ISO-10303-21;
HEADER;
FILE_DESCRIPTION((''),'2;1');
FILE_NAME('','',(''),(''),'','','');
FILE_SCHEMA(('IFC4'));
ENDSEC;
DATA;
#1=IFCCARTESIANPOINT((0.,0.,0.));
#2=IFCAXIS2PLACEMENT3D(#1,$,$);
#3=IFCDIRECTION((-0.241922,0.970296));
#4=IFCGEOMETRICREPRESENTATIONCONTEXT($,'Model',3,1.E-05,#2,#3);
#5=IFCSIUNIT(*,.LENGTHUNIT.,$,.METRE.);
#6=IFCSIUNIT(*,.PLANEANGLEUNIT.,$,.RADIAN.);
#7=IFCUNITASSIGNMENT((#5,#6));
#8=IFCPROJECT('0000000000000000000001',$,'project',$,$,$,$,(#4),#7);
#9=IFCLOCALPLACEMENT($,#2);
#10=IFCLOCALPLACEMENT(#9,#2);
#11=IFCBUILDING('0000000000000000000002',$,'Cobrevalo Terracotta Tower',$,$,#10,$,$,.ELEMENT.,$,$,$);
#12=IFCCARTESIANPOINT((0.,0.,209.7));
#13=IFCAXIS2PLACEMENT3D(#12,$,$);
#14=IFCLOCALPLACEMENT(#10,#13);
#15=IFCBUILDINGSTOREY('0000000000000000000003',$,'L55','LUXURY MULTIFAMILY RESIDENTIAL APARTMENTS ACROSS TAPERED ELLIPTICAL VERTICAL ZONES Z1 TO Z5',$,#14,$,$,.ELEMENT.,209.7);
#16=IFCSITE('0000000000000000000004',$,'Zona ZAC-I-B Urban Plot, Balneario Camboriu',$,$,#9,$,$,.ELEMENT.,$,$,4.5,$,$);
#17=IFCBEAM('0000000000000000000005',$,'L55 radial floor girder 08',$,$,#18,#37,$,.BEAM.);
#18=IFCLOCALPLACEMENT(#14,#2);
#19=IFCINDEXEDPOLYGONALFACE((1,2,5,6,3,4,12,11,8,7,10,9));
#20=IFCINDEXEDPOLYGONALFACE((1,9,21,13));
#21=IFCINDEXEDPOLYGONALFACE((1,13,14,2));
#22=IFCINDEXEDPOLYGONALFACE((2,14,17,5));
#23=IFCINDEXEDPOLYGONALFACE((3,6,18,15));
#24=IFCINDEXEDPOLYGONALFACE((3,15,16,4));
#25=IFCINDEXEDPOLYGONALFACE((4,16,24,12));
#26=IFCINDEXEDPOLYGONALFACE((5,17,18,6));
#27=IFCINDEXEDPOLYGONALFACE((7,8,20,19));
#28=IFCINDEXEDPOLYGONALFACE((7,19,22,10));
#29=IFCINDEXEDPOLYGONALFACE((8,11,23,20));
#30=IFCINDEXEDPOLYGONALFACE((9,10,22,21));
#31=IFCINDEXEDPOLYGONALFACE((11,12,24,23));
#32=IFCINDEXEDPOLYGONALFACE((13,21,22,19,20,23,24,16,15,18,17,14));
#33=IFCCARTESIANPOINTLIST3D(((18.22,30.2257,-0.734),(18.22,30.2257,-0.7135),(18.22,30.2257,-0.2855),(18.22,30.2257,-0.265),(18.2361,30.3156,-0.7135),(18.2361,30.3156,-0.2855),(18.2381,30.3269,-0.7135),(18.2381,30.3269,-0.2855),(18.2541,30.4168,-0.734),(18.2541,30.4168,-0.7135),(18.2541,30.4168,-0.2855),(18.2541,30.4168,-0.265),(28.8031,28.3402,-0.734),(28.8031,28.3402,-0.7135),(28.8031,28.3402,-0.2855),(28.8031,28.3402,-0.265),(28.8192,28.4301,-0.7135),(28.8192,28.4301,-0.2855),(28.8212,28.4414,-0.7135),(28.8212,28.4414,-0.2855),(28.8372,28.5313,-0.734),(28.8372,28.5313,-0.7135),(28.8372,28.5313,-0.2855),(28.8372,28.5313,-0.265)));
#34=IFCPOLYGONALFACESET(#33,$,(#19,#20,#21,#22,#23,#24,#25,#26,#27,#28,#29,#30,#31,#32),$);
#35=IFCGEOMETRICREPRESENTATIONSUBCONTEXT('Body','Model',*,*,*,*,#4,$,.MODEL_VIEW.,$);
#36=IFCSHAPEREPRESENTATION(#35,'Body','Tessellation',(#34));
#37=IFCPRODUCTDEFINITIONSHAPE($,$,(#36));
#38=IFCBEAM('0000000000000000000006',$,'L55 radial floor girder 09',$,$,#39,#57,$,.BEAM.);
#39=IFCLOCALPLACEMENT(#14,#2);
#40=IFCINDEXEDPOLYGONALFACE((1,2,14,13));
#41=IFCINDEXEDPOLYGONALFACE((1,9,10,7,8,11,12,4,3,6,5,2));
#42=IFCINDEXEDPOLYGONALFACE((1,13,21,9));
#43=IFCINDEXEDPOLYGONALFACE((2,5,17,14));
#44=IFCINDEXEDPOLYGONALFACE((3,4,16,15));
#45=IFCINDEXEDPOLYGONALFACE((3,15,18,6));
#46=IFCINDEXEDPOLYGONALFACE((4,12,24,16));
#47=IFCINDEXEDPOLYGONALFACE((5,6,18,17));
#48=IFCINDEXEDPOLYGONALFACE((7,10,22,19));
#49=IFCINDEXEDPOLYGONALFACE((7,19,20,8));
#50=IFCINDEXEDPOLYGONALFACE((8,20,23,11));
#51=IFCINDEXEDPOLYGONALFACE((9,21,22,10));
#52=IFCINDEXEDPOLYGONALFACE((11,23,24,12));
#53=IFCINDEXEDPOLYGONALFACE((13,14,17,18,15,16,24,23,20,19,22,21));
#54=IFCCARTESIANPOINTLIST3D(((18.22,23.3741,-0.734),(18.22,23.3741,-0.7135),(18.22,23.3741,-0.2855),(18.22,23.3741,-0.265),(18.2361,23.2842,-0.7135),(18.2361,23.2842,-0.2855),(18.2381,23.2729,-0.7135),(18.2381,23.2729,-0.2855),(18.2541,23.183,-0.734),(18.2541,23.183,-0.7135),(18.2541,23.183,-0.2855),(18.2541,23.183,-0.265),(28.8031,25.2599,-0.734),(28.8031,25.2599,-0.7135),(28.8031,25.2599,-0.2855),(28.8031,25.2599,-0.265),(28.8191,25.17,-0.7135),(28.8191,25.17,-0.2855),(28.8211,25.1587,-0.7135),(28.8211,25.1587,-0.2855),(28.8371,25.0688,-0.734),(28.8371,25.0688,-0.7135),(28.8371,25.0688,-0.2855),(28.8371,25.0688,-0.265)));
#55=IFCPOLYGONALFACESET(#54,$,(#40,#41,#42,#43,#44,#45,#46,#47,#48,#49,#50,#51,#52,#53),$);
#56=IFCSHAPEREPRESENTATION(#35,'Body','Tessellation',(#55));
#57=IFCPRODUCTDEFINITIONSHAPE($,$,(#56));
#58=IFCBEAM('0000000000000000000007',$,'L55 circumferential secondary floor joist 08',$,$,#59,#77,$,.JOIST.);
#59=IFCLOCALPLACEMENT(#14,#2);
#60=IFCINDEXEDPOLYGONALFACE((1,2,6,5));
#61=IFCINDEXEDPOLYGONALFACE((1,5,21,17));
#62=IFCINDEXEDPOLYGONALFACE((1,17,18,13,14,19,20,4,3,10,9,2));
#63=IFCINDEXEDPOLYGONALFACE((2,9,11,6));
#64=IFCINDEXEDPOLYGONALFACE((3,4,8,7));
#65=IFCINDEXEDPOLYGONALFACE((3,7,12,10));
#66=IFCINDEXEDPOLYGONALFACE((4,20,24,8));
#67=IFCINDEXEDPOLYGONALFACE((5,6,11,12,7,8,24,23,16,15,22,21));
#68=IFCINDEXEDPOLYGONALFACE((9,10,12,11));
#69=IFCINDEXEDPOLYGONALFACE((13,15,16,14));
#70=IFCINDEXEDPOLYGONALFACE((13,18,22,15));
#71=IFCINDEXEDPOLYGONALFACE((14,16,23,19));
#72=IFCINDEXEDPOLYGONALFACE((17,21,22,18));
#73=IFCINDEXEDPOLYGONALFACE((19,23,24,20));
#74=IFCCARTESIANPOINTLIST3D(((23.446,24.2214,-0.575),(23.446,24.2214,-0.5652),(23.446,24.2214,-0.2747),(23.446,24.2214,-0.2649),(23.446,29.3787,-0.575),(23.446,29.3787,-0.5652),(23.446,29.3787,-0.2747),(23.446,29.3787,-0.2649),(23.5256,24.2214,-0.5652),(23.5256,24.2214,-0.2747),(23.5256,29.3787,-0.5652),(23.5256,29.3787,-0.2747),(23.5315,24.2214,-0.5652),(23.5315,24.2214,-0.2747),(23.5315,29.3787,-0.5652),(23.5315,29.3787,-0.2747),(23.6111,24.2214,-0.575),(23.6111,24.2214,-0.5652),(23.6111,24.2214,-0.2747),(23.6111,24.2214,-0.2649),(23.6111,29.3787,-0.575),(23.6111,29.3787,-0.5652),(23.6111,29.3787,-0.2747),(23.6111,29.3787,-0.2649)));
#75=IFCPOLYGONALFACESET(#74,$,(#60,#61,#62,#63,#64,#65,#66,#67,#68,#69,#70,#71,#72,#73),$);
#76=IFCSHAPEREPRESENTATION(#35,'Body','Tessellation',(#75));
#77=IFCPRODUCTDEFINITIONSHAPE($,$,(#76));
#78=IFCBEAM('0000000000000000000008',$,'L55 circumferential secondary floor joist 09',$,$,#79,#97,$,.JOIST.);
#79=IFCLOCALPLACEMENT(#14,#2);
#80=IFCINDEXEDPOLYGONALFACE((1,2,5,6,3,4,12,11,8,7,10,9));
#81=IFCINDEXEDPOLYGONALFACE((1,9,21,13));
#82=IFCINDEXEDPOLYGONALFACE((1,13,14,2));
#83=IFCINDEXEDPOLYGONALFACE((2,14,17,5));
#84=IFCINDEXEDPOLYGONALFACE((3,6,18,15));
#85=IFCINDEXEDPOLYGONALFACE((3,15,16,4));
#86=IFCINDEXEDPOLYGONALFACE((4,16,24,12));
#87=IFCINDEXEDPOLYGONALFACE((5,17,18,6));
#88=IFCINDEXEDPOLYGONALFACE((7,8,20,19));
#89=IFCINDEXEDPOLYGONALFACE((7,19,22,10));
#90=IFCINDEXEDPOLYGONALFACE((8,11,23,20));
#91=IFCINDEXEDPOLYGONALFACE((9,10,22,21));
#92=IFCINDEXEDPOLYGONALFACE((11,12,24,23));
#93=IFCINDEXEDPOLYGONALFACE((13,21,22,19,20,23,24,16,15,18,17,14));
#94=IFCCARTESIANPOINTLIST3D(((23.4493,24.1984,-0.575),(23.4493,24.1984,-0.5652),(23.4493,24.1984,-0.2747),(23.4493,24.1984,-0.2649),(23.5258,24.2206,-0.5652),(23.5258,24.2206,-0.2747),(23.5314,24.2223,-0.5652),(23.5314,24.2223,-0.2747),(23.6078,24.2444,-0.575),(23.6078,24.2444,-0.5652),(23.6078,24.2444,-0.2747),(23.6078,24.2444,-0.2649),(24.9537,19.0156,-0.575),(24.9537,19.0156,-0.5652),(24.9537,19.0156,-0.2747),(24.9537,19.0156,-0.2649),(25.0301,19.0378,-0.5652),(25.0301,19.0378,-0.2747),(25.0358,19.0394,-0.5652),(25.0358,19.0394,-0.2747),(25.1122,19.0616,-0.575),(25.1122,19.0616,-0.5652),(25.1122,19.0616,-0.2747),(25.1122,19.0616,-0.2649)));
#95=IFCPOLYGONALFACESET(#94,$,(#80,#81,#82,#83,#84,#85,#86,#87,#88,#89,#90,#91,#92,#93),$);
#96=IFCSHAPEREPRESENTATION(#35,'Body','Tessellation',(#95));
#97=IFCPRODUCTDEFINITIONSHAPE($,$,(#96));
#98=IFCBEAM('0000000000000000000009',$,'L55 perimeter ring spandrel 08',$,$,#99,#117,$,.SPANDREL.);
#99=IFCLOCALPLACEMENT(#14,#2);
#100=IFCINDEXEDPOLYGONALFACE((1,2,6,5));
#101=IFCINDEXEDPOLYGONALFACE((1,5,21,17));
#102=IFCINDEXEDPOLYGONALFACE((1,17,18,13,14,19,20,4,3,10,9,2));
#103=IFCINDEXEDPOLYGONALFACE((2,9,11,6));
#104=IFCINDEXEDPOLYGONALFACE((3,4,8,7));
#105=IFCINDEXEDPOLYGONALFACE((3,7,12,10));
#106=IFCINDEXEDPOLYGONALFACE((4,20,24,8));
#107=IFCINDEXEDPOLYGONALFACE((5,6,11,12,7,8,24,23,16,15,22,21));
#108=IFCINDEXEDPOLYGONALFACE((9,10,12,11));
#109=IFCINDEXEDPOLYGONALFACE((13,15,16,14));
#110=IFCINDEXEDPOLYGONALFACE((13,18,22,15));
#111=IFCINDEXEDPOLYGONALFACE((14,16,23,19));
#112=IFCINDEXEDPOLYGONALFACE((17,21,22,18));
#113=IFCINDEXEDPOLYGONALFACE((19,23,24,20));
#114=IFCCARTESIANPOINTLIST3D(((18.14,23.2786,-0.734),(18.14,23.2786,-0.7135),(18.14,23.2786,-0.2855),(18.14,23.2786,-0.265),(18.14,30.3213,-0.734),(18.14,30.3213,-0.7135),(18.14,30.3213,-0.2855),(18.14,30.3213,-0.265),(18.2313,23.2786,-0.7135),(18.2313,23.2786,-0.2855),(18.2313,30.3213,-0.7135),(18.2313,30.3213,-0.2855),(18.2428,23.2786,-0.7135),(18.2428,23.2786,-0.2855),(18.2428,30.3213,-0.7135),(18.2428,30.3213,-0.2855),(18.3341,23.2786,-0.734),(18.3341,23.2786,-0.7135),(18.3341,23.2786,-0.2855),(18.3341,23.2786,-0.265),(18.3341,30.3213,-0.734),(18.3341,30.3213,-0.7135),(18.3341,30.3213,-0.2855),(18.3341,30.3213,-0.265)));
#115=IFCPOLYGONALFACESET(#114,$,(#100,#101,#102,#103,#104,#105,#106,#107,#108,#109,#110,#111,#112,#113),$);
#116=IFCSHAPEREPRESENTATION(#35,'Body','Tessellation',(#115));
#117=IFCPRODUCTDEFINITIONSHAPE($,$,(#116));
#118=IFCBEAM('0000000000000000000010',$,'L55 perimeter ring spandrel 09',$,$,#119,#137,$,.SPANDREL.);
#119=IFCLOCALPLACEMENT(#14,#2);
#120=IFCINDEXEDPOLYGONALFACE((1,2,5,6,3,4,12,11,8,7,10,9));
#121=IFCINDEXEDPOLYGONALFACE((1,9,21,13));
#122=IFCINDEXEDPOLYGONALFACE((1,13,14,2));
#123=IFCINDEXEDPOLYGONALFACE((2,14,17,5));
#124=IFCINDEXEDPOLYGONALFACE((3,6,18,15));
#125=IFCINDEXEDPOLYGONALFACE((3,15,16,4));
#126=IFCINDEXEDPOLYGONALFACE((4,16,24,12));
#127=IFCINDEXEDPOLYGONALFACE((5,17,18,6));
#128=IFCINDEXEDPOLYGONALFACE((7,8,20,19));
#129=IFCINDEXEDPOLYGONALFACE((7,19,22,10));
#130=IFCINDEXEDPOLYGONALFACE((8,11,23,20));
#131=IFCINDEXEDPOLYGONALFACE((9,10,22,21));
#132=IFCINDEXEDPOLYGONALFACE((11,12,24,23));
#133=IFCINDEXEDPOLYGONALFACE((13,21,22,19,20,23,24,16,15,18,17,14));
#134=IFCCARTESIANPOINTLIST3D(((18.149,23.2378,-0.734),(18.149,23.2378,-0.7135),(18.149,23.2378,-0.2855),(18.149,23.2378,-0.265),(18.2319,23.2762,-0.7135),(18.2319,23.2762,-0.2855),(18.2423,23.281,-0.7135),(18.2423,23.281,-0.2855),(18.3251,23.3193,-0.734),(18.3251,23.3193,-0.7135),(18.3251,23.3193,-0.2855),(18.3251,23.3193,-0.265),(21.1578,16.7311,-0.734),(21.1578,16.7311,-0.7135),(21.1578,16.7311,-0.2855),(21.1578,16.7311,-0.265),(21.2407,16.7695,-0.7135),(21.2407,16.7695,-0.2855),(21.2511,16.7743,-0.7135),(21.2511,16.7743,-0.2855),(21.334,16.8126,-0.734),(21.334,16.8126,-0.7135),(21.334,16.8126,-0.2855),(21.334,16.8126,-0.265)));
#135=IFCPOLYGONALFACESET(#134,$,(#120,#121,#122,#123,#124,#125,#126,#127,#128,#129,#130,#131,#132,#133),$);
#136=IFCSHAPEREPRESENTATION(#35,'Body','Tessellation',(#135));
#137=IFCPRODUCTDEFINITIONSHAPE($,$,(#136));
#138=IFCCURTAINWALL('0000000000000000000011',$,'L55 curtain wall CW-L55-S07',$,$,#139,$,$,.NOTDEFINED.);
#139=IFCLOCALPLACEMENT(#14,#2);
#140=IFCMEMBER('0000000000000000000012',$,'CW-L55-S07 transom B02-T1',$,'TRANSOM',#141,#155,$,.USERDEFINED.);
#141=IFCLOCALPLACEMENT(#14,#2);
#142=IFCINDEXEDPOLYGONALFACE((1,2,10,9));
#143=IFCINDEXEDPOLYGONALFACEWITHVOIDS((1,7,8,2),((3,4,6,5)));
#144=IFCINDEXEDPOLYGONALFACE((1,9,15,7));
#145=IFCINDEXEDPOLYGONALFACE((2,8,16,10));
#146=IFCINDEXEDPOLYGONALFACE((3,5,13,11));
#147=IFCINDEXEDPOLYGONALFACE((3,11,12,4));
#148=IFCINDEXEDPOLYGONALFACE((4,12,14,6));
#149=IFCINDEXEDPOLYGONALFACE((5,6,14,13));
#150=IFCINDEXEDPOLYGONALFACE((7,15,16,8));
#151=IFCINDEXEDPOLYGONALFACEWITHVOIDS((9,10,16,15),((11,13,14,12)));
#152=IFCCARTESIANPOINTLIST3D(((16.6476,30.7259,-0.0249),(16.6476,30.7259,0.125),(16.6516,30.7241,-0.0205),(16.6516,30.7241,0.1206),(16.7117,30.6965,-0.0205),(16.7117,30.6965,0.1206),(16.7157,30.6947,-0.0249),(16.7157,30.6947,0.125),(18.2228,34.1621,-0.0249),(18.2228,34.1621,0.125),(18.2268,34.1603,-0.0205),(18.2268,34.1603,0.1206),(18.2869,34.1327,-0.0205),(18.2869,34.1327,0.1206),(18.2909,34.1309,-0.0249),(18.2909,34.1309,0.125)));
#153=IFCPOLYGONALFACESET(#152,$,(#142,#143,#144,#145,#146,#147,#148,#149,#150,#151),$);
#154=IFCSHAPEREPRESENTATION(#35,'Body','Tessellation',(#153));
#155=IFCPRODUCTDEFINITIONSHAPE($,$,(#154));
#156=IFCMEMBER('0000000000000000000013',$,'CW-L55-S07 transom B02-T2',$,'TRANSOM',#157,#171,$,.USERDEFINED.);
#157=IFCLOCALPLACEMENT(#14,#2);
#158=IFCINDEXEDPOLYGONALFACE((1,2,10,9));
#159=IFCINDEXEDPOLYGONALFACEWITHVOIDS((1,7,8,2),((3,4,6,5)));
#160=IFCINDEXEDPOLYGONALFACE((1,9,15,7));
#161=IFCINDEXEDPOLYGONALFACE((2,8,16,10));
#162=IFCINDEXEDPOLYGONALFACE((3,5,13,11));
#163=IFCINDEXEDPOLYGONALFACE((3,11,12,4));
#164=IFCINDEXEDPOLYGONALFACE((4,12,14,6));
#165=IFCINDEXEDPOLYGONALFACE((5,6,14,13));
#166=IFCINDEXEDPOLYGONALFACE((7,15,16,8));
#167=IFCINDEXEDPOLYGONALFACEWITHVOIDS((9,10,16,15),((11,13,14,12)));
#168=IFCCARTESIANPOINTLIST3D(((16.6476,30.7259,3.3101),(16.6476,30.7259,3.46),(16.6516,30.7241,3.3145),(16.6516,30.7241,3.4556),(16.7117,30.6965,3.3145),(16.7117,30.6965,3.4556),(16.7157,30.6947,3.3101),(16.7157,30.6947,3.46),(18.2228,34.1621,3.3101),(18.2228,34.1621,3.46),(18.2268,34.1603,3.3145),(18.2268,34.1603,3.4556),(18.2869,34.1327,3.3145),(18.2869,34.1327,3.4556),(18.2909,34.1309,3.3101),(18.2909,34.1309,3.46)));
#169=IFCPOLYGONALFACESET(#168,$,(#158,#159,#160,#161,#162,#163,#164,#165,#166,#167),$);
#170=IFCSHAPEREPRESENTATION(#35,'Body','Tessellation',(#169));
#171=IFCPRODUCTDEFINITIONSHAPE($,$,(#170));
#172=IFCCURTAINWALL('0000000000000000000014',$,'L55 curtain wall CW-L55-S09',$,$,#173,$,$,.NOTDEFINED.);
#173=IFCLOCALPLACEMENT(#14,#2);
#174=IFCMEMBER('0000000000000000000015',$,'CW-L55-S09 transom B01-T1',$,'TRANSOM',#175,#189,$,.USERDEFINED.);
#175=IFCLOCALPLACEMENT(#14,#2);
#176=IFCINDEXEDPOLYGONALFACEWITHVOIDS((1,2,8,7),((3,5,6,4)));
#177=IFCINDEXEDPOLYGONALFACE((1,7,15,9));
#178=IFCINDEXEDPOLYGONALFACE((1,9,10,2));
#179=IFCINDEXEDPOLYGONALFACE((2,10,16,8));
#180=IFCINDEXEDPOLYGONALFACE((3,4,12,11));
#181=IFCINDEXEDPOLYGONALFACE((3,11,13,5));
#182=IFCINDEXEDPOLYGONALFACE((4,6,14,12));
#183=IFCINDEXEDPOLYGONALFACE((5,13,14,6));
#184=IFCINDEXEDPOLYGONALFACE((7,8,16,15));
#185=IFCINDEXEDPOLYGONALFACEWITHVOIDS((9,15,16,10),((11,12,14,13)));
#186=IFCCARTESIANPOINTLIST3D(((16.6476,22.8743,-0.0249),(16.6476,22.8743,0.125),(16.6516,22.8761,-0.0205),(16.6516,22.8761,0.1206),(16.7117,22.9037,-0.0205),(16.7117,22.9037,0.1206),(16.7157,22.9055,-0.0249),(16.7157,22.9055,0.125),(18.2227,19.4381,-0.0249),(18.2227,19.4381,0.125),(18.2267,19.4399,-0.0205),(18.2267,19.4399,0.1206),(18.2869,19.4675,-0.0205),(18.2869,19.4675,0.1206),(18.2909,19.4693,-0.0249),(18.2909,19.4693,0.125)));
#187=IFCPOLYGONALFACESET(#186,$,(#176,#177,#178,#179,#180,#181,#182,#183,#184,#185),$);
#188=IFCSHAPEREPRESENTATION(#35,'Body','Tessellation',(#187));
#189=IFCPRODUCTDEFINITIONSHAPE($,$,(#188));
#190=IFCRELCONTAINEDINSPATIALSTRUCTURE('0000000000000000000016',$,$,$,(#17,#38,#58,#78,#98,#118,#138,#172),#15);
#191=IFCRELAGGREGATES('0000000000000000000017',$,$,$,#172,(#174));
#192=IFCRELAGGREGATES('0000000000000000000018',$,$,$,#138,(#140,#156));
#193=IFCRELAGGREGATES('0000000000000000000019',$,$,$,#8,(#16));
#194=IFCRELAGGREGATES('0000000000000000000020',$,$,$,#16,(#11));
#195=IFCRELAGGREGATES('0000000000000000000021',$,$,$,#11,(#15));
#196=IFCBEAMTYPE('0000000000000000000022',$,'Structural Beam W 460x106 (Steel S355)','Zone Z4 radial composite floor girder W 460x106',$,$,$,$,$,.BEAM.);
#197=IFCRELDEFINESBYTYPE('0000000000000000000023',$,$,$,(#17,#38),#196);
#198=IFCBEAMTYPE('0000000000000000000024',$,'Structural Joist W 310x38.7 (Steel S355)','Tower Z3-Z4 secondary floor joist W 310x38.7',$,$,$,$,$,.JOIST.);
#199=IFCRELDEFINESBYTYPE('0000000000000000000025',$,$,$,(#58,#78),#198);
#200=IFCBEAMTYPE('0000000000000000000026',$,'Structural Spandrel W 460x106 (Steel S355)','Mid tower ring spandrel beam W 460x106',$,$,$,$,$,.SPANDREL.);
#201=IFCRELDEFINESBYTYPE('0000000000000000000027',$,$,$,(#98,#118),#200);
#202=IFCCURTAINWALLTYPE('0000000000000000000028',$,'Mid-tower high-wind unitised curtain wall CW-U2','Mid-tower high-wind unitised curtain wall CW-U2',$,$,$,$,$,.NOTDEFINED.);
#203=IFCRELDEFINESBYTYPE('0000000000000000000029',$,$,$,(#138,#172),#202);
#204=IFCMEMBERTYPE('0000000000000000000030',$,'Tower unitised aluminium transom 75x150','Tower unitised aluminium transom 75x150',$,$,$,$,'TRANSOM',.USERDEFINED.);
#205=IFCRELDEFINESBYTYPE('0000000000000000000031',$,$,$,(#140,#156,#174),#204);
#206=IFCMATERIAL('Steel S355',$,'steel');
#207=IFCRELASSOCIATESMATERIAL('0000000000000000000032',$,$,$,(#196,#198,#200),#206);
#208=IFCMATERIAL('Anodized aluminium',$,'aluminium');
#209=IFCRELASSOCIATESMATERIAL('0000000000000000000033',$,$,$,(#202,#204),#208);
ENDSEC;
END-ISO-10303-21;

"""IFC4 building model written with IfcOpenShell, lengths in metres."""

from ifc_helpers import new_model, si_unit, direction, frame, origin, origin_2d, place, context, subcontext, project, spatial, hollow_rectangle, i_section, extrude, source, transform, mapped, material, material_profile, profile_set, type_object, element, aggregate, save


model = new_model("IFC4")

# Units and contexts
model_context = context("Model", 3, precision=1e-05, world=origin(), true_north=direction((-0.241922, 0.970296)))
body_context = subcontext(model_context, "Body", "Model", "MODEL_VIEW")
ifc_project = project(units=[si_unit("LENGTHUNIT", "METRE"), si_unit("PLANEANGLEUNIT", "RADIAN")], contexts=[model_context])

# Site, building, storey
site_placement = place(None, origin())
site = spatial("IfcSite", under=ifc_project, at=site_placement, Name="Zona ZAC-I-B Urban Plot, Balneario Camboriu", CompositionType="ELEMENT", RefElevation=4.5)
building_placement = place(site_placement, origin())
building = spatial("IfcBuilding", under=site, at=building_placement, Name="Cobrevalo Terracotta Tower", CompositionType="ELEMENT")
storey_placement = place(building_placement, frame((0.0, 0.0, 209.7)))
storey = spatial("IfcBuildingStorey", under=building, at=storey_placement, Name="L55", Description="LUXURY MULTIFAMILY RESIDENTIAL APARTMENTS ACROSS TAPERED ELLIPTICAL VERTICAL ZONES Z1 TO Z5", CompositionType="ELEMENT", Elevation=209.7)

# Shared definitions
ifc_material_1 = material(Name="Steel S355", Category="steel")

# Beams
ifc_material_profile_1 = material_profile(ifc_material_1, i_section(OverallWidth=0.1941, OverallDepth=0.469, WebThickness=0.0115, FlangeThickness=0.0205, at=origin_2d()), Name="W 460x106")
ifc_profile_set_1 = profile_set([ifc_material_profile_1], Name="Steel S355")
beam_type_1 = type_object("IfcBeamType", Name="Structural Beam W 460x106 (Steel S355)", Description="Zone Z4 radial composite floor girder W 460x106", PredefinedType="BEAM", material=ifc_profile_set_1)
for number, where, z_axis, x_axis, name in (
    (1, (18.2371, 30.3213, -0.4995), (0.984497, -0.175401, 0.0), (0.175401, 0.984497, 0.0), "L55 radial floor girder 08"),
    (2, (18.2371, 23.2786, -0.4995), (0.984493, 0.175423, 0.0), (-0.175423, 0.984493, 0.0), "L55 radial floor girder 09"),
):
    element("IfcBeam", number, at=place(storey_placement, frame(where, z_axis=z_axis, x_axis=x_axis)), inside=storey, type_object=beam_type_1, Name=name, PredefinedType="BEAM", context=body_context, shape_type="SweptSolid", body=[
        extrude(i_section(OverallWidth=0.1941, OverallDepth=0.469, WebThickness=0.0115, FlangeThickness=0.0205, at=origin_2d()), origin(), (0.0, 0.0, 1.0), 10.7498),
    ])
ifc_material_profile_2 = material_profile(ifc_material_1, i_section(OverallWidth=0.165, OverallDepth=0.3101, WebThickness=0.0059, FlangeThickness=0.0098, at=origin_2d()), Name="W 310x38.7")
ifc_profile_set_2 = profile_set([ifc_material_profile_2], Name="Steel S355")
beam_type_2 = type_object("IfcBeamType", Name="Structural Joist W 310x38.7 (Steel S355)", Description="Tower Z3-Z4 secondary floor joist W 310x38.7", PredefinedType="JOIST", material=ifc_profile_set_2)
beam_1_placement = place(storey_placement, frame((23.5286, 29.3787, -0.4199), z_axis=(0.0, -1.0, 0.0), x_axis=(1.0, 0.0, 0.0)))
element("IfcBeam", 3, at=beam_1_placement, inside=storey, type_object=beam_type_2, Name="L55 circumferential secondary floor joist 08", PredefinedType="JOIST", context=body_context, shape_type="SweptSolid", body=[
    extrude(i_section(OverallWidth=0.165, OverallDepth=0.3101, WebThickness=0.0059, FlangeThickness=0.0098, at=origin_2d()), origin(), (0.0, 0.0, 1.0), 5.1572),
])
beam_2_placement = place(storey_placement, frame((23.5286, 24.2214, -0.4199), z_axis=(0.278758, -0.960361, 0.0), x_axis=(0.960361, 0.278758, 0.0)))
element("IfcBeam", 4, at=beam_2_placement, inside=storey, type_object=beam_type_2, Name="L55 circumferential secondary floor joist 09", PredefinedType="JOIST", context=body_context, shape_type="SweptSolid", body=[
    extrude(i_section(OverallWidth=0.165, OverallDepth=0.3101, WebThickness=0.0059, FlangeThickness=0.0098, at=origin_2d()), origin(), (0.0, 0.0, 1.0), 5.3967),
])
ifc_material_profile_3 = material_profile(ifc_material_1, i_section(OverallWidth=0.1941, OverallDepth=0.469, WebThickness=0.0115, FlangeThickness=0.0205, at=origin_2d()), Name="W 460x106")
ifc_profile_set_3 = profile_set([ifc_material_profile_3], Name="Steel S355")
beam_type_3 = type_object("IfcBeamType", Name="Structural Spandrel W 460x106 (Steel S355)", Description="Mid tower ring spandrel beam W 460x106", PredefinedType="SPANDREL", material=ifc_profile_set_3)
beam_3_placement = place(storey_placement, frame((18.2371, 30.3213, -0.4995), z_axis=(0.0, -1.0, 0.0), x_axis=(1.0, 0.0, 0.0)))
element("IfcBeam", 5, at=beam_3_placement, inside=storey, type_object=beam_type_3, Name="L55 perimeter ring spandrel 08", PredefinedType="SPANDREL", context=body_context, shape_type="SweptSolid", body=[
    extrude(i_section(OverallWidth=0.1941, OverallDepth=0.469, WebThickness=0.0115, FlangeThickness=0.0205, at=origin_2d()), origin(), (0.0, 0.0, 1.0), 7.0427),
])
beam_4_placement = place(storey_placement, frame((18.2371, 23.2786, -0.4995), z_axis=(0.419719, -0.907654, 0.0), x_axis=(0.907654, 0.419719, 0.0)))
element("IfcBeam", 6, at=beam_4_placement, inside=storey, type_object=beam_type_3, Name="L55 perimeter ring spandrel 09", PredefinedType="SPANDREL", context=body_context, shape_type="SweptSolid", body=[
    extrude(i_section(OverallWidth=0.1941, OverallDepth=0.469, WebThickness=0.0115, FlangeThickness=0.0205, at=origin_2d()), origin(), (0.0, 0.0, 1.0), 7.1687),
])

# Curtain walls, members
ifc_material_2 = material(Name="Anodized aluminium", Category="aluminium")
curtain_wall_type = type_object("IfcCurtainWallType", Name="Mid-tower high-wind unitised curtain wall CW-U2", Description="Mid-tower high-wind unitised curtain wall CW-U2", PredefinedType="NOTDEFINED", material=ifc_material_2)
curtain_wall_1_placement = place(storey_placement, origin())
curtain_wall_1 = element("IfcCurtainWall", 7, at=curtain_wall_1_placement, inside=storey, type_object=curtain_wall_type, Name="L55 curtain wall CW-L55-S07", PredefinedType="NOTDEFINED")
ifc_material_profile_4 = material_profile(ifc_material_2, hollow_rectangle(XDim=0.075, YDim=0.1499, WallThickness=0.0044, at=origin_2d()), Name="CWT 75x150")
ifc_profile_set_4 = profile_set([ifc_material_profile_4], Name="Anodized aluminium")
member_type_1 = type_object("IfcMemberType", Name="Tower unitised aluminium transom 75x150", Description="Tower unitised aluminium transom 75x150", ElementType="TRANSOM", PredefinedType="USERDEFINED", material=ifc_profile_set_4)
shared_shape_1 = source(origin(), body_context, "Body", "SweptSolid", [
    extrude(hollow_rectangle(XDim=0.075, YDim=0.1499, WallThickness=0.0044, at=origin_2d()), origin(), (0.0, 0.0, 1.0), 3.78),
])
member_1_placement = place(storey_placement, frame((18.2568, 34.1465, 0.05), z_axis=(-0.416706, -0.909041, 0.0), x_axis=(0.909041, -0.416706, 0.0)))
member_1 = element("IfcMember", 8, at=member_1_placement, type_object=member_type_1, Name="CW-L55-S07 transom B02-T1", ObjectType="TRANSOM", PredefinedType="USERDEFINED", context=body_context, shape_type="MappedRepresentation", body=[
    mapped(shared_shape_1, transform((0.0, 0.0, 0.0), scale=1.0)),
])
member_2_placement = place(storey_placement, frame((18.2568, 34.1465, 3.385), z_axis=(-0.416706, -0.909041, 0.0), x_axis=(0.909041, -0.416706, 0.0)))
member_2 = element("IfcMember", 9, at=member_2_placement, type_object=member_type_1, Name="CW-L55-S07 transom B02-T2", ObjectType="TRANSOM", PredefinedType="USERDEFINED", context=body_context, shape_type="MappedRepresentation", body=[
    mapped(shared_shape_1, transform((0.0, 0.0, 0.0), scale=1.0)),
])
curtain_wall_2_placement = place(storey_placement, origin())
curtain_wall_2 = element("IfcCurtainWall", 10, at=curtain_wall_2_placement, inside=storey, type_object=curtain_wall_type, Name="L55 curtain wall CW-L55-S09", PredefinedType="NOTDEFINED")
member_3_placement = place(storey_placement, frame((16.6816, 22.8899, 0.05), z_axis=(0.416706, -0.909041, 0.0), x_axis=(0.909041, 0.416706, 0.0)))
member_3 = element("IfcMember", 11, at=member_3_placement, type_object=member_type_1, Name="CW-L55-S09 transom B01-T1", ObjectType="TRANSOM", PredefinedType="USERDEFINED", context=body_context, shape_type="MappedRepresentation", body=[
    mapped(shared_shape_1, transform((0.0, 0.0, 0.0), scale=1.0)),
])

aggregate(curtain_wall_2, [member_3])

aggregate(curtain_wall_1, [member_1, member_2])

save(model, "model.ifc")
